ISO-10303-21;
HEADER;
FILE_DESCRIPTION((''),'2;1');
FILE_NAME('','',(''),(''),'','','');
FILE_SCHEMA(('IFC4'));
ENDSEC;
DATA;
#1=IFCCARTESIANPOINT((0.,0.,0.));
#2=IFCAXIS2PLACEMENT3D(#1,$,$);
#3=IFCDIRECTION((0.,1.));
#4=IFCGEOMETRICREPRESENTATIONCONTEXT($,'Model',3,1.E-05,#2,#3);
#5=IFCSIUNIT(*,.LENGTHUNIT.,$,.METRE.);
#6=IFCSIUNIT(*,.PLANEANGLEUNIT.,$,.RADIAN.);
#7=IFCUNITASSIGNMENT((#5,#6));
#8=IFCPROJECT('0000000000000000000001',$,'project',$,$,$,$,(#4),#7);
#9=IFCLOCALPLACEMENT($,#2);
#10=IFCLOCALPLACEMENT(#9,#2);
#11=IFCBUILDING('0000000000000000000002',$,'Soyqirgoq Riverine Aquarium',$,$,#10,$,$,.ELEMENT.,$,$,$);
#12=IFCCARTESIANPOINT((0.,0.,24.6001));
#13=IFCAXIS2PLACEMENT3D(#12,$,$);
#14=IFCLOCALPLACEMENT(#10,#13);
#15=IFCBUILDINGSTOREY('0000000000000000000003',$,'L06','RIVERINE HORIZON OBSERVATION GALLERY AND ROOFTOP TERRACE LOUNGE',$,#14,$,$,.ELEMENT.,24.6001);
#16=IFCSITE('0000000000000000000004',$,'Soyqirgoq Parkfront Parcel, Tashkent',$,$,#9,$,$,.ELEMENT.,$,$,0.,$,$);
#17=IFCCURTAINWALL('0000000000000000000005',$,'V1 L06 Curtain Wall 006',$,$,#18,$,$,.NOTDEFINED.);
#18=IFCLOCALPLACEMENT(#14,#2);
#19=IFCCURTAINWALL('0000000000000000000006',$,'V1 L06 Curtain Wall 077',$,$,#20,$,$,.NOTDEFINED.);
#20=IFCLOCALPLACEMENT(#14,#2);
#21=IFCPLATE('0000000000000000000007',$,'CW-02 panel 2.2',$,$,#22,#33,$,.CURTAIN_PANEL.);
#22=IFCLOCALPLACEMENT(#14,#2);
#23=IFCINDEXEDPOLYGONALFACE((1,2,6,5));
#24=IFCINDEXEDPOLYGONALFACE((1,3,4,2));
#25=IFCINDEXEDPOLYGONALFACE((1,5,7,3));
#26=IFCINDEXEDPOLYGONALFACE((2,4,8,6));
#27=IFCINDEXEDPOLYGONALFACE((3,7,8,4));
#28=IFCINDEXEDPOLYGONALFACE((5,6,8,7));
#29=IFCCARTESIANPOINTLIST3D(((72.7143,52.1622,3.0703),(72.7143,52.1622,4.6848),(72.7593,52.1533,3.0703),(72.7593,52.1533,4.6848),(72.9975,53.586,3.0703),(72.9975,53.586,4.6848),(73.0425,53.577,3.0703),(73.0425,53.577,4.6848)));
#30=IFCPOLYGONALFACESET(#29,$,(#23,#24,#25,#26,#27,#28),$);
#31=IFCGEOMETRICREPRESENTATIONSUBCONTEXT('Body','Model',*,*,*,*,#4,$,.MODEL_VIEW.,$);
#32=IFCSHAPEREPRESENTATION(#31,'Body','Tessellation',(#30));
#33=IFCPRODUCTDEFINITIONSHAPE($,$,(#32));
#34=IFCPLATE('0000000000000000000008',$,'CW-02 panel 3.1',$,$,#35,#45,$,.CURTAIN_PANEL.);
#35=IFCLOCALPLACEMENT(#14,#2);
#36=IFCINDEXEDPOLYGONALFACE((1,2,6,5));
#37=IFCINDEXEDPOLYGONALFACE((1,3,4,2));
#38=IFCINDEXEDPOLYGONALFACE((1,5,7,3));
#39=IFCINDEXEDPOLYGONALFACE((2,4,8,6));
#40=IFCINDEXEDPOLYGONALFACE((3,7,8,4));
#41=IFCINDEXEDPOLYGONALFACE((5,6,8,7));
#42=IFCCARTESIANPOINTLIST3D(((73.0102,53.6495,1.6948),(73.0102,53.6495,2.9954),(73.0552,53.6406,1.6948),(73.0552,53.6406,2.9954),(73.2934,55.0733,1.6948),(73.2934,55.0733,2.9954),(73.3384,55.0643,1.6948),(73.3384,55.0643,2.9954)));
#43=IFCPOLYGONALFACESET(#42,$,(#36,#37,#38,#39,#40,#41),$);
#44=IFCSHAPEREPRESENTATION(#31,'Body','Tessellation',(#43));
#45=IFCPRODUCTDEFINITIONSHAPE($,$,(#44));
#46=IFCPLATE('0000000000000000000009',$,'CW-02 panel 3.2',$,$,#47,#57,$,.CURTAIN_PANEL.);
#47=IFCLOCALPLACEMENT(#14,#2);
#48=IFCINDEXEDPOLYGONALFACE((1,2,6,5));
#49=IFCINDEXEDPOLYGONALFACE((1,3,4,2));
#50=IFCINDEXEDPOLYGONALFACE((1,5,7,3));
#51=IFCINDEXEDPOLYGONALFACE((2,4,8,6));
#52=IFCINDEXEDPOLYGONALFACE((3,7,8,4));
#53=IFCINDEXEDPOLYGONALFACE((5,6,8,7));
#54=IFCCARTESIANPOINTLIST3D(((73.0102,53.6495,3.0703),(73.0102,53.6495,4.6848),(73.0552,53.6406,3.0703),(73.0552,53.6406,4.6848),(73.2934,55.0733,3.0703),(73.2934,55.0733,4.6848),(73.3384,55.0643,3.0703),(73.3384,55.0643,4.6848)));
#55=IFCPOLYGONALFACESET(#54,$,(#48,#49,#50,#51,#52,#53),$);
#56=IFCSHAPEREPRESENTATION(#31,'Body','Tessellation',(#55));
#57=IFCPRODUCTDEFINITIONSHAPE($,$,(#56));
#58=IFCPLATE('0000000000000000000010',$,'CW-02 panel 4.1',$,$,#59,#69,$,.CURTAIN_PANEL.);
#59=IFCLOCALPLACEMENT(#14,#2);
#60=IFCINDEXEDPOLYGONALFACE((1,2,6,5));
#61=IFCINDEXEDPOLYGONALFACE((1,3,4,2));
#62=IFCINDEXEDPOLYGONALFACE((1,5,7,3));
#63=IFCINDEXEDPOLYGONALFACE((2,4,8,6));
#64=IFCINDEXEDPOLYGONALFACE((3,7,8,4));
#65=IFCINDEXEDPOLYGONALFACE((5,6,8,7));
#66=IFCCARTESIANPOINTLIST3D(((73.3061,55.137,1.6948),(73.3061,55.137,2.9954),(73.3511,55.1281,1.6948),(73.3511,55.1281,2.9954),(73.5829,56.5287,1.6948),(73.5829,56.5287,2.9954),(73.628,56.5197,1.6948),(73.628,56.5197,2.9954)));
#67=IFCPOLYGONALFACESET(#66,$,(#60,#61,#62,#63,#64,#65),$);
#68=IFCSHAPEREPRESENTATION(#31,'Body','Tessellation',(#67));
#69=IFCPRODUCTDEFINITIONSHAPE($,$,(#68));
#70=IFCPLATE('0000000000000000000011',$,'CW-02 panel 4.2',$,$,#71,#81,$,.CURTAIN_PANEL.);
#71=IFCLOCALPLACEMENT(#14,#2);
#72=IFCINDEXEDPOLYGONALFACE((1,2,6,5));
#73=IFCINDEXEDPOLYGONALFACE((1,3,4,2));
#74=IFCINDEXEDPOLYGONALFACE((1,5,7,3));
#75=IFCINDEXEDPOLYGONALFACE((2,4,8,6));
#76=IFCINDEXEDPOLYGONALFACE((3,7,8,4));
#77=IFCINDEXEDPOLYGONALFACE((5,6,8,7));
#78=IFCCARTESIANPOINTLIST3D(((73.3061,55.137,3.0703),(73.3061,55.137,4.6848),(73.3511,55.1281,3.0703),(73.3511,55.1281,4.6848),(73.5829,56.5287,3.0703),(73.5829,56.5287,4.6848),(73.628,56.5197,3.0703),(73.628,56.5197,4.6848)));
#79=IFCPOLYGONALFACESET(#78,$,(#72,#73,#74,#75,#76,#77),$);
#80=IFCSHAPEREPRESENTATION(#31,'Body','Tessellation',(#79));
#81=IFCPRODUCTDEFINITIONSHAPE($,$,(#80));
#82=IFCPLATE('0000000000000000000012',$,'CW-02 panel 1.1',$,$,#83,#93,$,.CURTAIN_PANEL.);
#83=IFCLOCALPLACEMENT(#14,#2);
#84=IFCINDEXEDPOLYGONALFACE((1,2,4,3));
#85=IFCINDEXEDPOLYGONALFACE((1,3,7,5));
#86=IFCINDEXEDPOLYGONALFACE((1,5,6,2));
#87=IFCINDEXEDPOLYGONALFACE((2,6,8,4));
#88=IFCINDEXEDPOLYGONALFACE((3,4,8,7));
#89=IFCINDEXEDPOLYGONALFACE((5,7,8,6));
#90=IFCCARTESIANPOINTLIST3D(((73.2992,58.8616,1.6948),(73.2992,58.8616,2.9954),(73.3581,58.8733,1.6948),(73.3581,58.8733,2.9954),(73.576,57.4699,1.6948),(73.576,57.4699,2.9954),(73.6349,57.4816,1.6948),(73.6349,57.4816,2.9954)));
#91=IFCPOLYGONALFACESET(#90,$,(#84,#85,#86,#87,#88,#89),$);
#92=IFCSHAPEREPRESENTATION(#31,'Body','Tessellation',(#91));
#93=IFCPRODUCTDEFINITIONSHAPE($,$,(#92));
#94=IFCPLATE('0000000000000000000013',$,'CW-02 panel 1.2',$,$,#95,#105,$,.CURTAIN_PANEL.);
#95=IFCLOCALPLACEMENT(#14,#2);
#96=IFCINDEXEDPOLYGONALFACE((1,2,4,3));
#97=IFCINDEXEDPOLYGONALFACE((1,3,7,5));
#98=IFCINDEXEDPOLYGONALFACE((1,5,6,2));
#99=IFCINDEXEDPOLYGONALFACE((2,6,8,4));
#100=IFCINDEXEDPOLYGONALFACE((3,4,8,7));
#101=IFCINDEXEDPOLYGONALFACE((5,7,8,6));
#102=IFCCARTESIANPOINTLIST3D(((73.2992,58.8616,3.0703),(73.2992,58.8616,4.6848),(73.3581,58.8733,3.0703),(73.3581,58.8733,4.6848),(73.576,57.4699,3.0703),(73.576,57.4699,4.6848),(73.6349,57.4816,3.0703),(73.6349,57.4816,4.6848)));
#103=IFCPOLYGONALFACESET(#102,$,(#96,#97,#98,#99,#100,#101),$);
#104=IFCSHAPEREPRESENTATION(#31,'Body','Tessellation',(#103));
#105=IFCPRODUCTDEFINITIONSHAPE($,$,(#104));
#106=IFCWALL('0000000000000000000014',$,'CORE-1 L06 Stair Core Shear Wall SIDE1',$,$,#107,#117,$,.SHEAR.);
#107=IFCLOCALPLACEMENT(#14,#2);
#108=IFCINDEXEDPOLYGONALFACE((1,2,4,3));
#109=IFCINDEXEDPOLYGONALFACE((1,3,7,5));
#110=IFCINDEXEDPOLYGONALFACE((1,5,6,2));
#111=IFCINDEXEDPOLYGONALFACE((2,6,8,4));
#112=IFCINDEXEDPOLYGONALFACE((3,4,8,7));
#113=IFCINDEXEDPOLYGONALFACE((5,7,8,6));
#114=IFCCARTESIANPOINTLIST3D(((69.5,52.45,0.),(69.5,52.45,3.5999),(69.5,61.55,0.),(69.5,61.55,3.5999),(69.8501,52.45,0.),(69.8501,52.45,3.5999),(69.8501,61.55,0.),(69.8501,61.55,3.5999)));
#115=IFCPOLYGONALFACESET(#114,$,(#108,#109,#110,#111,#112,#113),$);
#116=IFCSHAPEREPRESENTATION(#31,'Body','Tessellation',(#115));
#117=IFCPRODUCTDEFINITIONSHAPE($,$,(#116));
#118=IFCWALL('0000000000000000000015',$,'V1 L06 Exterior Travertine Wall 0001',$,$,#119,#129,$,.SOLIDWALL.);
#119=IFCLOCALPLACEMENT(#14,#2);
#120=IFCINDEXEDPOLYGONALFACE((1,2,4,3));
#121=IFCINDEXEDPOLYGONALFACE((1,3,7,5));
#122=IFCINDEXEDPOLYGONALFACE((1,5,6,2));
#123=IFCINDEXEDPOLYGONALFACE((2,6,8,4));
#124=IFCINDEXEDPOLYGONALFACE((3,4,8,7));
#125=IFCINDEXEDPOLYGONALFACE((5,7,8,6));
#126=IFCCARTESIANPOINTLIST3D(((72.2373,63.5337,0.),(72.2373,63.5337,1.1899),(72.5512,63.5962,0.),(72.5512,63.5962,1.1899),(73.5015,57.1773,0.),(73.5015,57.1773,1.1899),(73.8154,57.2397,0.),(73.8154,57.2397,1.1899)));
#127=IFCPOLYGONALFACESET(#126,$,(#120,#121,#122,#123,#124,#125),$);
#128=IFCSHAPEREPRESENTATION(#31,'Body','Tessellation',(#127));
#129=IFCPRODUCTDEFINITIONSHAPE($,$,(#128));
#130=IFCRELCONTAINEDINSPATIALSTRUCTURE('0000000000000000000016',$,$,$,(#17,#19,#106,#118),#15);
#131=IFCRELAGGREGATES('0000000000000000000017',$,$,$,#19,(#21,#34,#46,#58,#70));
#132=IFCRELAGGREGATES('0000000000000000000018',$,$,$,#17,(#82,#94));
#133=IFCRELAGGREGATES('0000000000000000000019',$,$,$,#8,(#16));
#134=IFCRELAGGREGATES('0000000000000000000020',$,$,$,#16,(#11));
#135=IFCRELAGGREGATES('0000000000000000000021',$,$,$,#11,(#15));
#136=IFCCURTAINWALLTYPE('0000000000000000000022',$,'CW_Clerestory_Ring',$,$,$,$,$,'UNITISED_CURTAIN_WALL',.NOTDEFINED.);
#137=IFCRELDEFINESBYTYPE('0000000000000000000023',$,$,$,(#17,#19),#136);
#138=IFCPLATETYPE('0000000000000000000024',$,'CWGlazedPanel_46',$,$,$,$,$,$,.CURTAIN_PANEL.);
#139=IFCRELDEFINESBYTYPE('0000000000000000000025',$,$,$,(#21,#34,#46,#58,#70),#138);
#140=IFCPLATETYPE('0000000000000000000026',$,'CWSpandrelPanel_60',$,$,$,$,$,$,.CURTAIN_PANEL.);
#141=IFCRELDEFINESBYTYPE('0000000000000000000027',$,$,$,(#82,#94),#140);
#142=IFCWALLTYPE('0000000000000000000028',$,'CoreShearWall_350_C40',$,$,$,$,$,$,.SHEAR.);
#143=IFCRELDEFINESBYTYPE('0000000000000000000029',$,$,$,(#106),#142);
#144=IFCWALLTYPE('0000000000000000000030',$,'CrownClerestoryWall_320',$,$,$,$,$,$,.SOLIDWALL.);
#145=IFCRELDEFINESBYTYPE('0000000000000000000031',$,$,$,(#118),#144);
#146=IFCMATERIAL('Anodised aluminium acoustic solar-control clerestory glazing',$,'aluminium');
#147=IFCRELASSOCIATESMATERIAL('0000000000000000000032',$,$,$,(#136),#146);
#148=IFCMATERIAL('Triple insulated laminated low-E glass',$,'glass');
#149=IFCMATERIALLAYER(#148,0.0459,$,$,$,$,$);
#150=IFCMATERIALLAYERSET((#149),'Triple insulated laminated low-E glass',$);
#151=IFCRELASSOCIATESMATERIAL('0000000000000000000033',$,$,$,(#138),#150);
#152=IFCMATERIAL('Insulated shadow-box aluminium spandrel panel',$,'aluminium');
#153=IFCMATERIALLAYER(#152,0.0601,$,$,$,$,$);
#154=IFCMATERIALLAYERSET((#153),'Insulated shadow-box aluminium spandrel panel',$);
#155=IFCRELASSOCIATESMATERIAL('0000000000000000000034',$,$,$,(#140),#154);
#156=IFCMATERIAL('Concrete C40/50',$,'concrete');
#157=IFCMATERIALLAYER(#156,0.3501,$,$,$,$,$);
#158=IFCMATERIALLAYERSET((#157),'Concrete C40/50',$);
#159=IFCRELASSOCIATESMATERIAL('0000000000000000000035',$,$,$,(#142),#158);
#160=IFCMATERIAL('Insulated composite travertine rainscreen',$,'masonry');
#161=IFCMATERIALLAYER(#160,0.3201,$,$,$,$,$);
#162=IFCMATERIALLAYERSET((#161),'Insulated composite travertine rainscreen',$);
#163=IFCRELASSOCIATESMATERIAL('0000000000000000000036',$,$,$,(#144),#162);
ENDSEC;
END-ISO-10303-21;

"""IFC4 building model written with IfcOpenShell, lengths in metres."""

from ifc_helpers import new_model, si_unit, direction, frame, frame_2d, origin, origin_2d, place, context, subcontext, project, spatial, rectangle, extrude, material, layer, layer_set, type_object, element, aggregate, save


model = new_model("IFC4")

# Units and contexts
model_context = context("Model", 3, precision=1e-05, world=origin(), true_north=direction((0.0, 1.0)))
body_context = subcontext(model_context, "Body", "Model", "MODEL_VIEW")
ifc_project = project(units=[si_unit("LENGTHUNIT", "METRE"), si_unit("PLANEANGLEUNIT", "RADIAN")], contexts=[model_context])

# Site, building, storey
site_placement = place(None, origin())
site = spatial("IfcSite", under=ifc_project, at=site_placement, Name="Soyqirgoq Parkfront Parcel, Tashkent", CompositionType="ELEMENT", RefElevation=0.0)
building_placement = place(site_placement, origin())
building = spatial("IfcBuilding", under=site, at=building_placement, Name="Soyqirgoq Riverine Aquarium", CompositionType="ELEMENT")
storey_placement = place(building_placement, frame((0.0, 0.0, 24.6001)))
storey = spatial("IfcBuildingStorey", under=building, at=storey_placement, Name="L06", Description="RIVERINE HORIZON OBSERVATION GALLERY AND ROOFTOP TERRACE LOUNGE", CompositionType="ELEMENT", Elevation=24.6001)

# Curtain wall
ifc_material_1 = material(Name="Anodised aluminium acoustic solar-control clerestory glazing", Category="aluminium")
curtain_wall_type = type_object("IfcCurtainWallType", Name="CW_Clerestory_Ring", ElementType="UNITISED_CURTAIN_WALL", PredefinedType="NOTDEFINED", material=ifc_material_1)
curtain_wall_1_placement = place(storey_placement, origin())
curtain_wall_1 = element("IfcCurtainWall", 1, at=curtain_wall_1_placement, inside=storey, type_object=curtain_wall_type, Name="V1 L06 Curtain Wall 006", PredefinedType="NOTDEFINED")

# Curtain wall
curtain_wall_2_placement = place(storey_placement, origin())
curtain_wall_2 = element("IfcCurtainWall", 2, at=curtain_wall_2_placement, inside=storey, type_object=curtain_wall_type, Name="V1 L06 Curtain Wall 077", PredefinedType="NOTDEFINED")

# Plates
ifc_material_2 = material(Name="Triple insulated laminated low-E glass", Category="glass")
ifc_layer_1 = layer(ifc_material_2, 0.0459)
ifc_layer_set_1 = layer_set([ifc_layer_1], Name="Triple insulated laminated low-E glass")
plate_type_1 = type_object("IfcPlateType", Name="CWGlazedPanel_46", PredefinedType="CURTAIN_PANEL", material=ifc_layer_set_1)
plate_1_placement = place(storey_placement, frame((72.8784, 52.8696, 3.0703), z_axis=(0.0, 0.0, 1.0), x_axis=(0.195095, 0.980784, 0.0)))
plate_1 = element("IfcPlate", 3, at=plate_1_placement, type_object=plate_type_1, Name="CW-02 panel 2.2", PredefinedType="CURTAIN_PANEL", context=body_context, shape_type="SweptSolid", body=[
    extrude(rectangle(XDim=1.4517, YDim=0.0459, at=origin_2d()), origin(), (0.0, 0.0, 1.0), 1.6145),
])
plate_2_placement = place(storey_placement, frame((73.1743, 54.3569, 1.6948), z_axis=(0.0, 0.0, 1.0), x_axis=(0.195095, 0.980784, 0.0)))
plate_2 = element("IfcPlate", 4, at=plate_2_placement, type_object=plate_type_1, Name="CW-02 panel 3.1", PredefinedType="CURTAIN_PANEL", context=body_context, shape_type="SweptSolid", body=[
    extrude(rectangle(XDim=1.4517, YDim=0.0459, at=origin_2d()), origin(), (0.0, 0.0, 1.0), 1.3005),
])
plate_3_placement = place(storey_placement, frame((73.1743, 54.3569, 3.0703), z_axis=(0.0, 0.0, 1.0), x_axis=(0.195095, 0.980784, 0.0)))
plate_3 = element("IfcPlate", 5, at=plate_3_placement, type_object=plate_type_1, Name="CW-02 panel 3.2", PredefinedType="CURTAIN_PANEL", context=body_context, shape_type="SweptSolid", body=[
    extrude(rectangle(XDim=1.4517, YDim=0.0459, at=origin_2d()), origin(), (0.0, 0.0, 1.0), 1.6145),
])
plate_4_placement = place(storey_placement, frame((73.467, 55.8284, 1.6948), z_axis=(0.0, 0.0, 1.0), x_axis=(0.195095, 0.980784, 0.0)))
plate_4 = element("IfcPlate", 6, at=plate_4_placement, type_object=plate_type_1, Name="CW-02 panel 4.1", PredefinedType="CURTAIN_PANEL", context=body_context, shape_type="SweptSolid", body=[
    extrude(rectangle(XDim=1.4189, YDim=0.0459, at=origin_2d()), origin(), (0.0, 0.0, 1.0), 1.3005),
])
plate_5_placement = place(storey_placement, frame((73.467, 55.8284, 3.0703), z_axis=(0.0, 0.0, 1.0), x_axis=(0.195095, 0.980784, 0.0)))
plate_5 = element("IfcPlate", 7, at=plate_5_placement, type_object=plate_type_1, Name="CW-02 panel 4.2", PredefinedType="CURTAIN_PANEL", context=body_context, shape_type="SweptSolid", body=[
    extrude(rectangle(XDim=1.4189, YDim=0.0459, at=origin_2d()), origin(), (0.0, 0.0, 1.0), 1.6145),
])
aggregate(curtain_wall_2, [plate_1, plate_2, plate_3, plate_4, plate_5])
ifc_material_3 = material(Name="Insulated shadow-box aluminium spandrel panel", Category="aluminium")
ifc_layer_2 = layer(ifc_material_3, 0.0601)
ifc_layer_set_2 = layer_set([ifc_layer_2], Name="Insulated shadow-box aluminium spandrel panel")
plate_type_2 = type_object("IfcPlateType", Name="CWSpandrelPanel_60", PredefinedType="CURTAIN_PANEL", material=ifc_layer_set_2)
plate_6_placement = place(storey_placement, frame((73.467, 58.1716, 1.6948), z_axis=(0.0, 0.0, 1.0), x_axis=(-0.195095, 0.980784, 0.0)))
plate_6 = element("IfcPlate", 8, at=plate_6_placement, type_object=plate_type_2, Name="CW-02 panel 1.1", PredefinedType="CURTAIN_PANEL", context=body_context, shape_type="SweptSolid", body=[
    extrude(rectangle(XDim=1.4189, YDim=0.0601, at=origin_2d()), origin(), (0.0, 0.0, 1.0), 1.3005),
])
plate_7_placement = place(storey_placement, frame((73.467, 58.1716, 3.0703), z_axis=(0.0, 0.0, 1.0), x_axis=(-0.195095, 0.980784, 0.0)))
plate_7 = element("IfcPlate", 9, at=plate_7_placement, type_object=plate_type_2, Name="CW-02 panel 1.2", PredefinedType="CURTAIN_PANEL", context=body_context, shape_type="SweptSolid", body=[
    extrude(rectangle(XDim=1.4189, YDim=0.0601, at=origin_2d()), origin(), (0.0, 0.0, 1.0), 1.6145),
])
aggregate(curtain_wall_1, [plate_6, plate_7])

# Walls
ifc_material_4 = material(Name="Concrete C40/50", Category="concrete")
ifc_layer_3 = layer(ifc_material_4, 0.3501)
ifc_layer_set_3 = layer_set([ifc_layer_3], Name="Concrete C40/50")
wall_type_1 = type_object("IfcWallType", Name="CoreShearWall_350_C40", PredefinedType="SHEAR", material=ifc_layer_set_3)
wall_1_placement = place(storey_placement, frame((69.675, 52.45, 0.0), z_axis=(0.0, 0.0, 1.0), x_axis=(0.0, 1.0, 0.0)))
element("IfcWall", 10, at=wall_1_placement, inside=storey, type_object=wall_type_1, Name="CORE-1 L06 Stair Core Shear Wall SIDE1", PredefinedType="SHEAR", context=body_context, shape_type="SweptSolid", body=[
    extrude(rectangle(XDim=9.1001, YDim=0.3501, at=frame_2d((4.55, 0.0))), origin(), (0.0, 0.0, 1.0), 3.5999),
])
ifc_material_5 = material(Name="Insulated composite travertine rainscreen", Category="masonry")
ifc_layer_4 = layer(ifc_material_5, 0.3201)
ifc_layer_set_4 = layer_set([ifc_layer_4], Name="Insulated composite travertine rainscreen")
wall_type_2 = type_object("IfcWallType", Name="CrownClerestoryWall_320", PredefinedType="SOLIDWALL", material=ifc_layer_set_4)
wall_2_placement = place(storey_placement, frame((73.6584, 57.2085, 0.0), z_axis=(0.0, 0.0, 1.0), x_axis=(-0.195058, 0.980792, 0.0)))
element("IfcWall", 11, at=wall_2_placement, inside=storey, type_object=wall_type_2, Name="V1 L06 Exterior Travertine Wall 0001", PredefinedType="SOLIDWALL", context=body_context, shape_type="SweptSolid", body=[
    extrude(rectangle(XDim=6.481, YDim=0.3201, at=frame_2d((3.2405, 0.0))), origin(), (0.0, 0.0, 1.0), 1.1899),
])

save(model, "model.ifc")
